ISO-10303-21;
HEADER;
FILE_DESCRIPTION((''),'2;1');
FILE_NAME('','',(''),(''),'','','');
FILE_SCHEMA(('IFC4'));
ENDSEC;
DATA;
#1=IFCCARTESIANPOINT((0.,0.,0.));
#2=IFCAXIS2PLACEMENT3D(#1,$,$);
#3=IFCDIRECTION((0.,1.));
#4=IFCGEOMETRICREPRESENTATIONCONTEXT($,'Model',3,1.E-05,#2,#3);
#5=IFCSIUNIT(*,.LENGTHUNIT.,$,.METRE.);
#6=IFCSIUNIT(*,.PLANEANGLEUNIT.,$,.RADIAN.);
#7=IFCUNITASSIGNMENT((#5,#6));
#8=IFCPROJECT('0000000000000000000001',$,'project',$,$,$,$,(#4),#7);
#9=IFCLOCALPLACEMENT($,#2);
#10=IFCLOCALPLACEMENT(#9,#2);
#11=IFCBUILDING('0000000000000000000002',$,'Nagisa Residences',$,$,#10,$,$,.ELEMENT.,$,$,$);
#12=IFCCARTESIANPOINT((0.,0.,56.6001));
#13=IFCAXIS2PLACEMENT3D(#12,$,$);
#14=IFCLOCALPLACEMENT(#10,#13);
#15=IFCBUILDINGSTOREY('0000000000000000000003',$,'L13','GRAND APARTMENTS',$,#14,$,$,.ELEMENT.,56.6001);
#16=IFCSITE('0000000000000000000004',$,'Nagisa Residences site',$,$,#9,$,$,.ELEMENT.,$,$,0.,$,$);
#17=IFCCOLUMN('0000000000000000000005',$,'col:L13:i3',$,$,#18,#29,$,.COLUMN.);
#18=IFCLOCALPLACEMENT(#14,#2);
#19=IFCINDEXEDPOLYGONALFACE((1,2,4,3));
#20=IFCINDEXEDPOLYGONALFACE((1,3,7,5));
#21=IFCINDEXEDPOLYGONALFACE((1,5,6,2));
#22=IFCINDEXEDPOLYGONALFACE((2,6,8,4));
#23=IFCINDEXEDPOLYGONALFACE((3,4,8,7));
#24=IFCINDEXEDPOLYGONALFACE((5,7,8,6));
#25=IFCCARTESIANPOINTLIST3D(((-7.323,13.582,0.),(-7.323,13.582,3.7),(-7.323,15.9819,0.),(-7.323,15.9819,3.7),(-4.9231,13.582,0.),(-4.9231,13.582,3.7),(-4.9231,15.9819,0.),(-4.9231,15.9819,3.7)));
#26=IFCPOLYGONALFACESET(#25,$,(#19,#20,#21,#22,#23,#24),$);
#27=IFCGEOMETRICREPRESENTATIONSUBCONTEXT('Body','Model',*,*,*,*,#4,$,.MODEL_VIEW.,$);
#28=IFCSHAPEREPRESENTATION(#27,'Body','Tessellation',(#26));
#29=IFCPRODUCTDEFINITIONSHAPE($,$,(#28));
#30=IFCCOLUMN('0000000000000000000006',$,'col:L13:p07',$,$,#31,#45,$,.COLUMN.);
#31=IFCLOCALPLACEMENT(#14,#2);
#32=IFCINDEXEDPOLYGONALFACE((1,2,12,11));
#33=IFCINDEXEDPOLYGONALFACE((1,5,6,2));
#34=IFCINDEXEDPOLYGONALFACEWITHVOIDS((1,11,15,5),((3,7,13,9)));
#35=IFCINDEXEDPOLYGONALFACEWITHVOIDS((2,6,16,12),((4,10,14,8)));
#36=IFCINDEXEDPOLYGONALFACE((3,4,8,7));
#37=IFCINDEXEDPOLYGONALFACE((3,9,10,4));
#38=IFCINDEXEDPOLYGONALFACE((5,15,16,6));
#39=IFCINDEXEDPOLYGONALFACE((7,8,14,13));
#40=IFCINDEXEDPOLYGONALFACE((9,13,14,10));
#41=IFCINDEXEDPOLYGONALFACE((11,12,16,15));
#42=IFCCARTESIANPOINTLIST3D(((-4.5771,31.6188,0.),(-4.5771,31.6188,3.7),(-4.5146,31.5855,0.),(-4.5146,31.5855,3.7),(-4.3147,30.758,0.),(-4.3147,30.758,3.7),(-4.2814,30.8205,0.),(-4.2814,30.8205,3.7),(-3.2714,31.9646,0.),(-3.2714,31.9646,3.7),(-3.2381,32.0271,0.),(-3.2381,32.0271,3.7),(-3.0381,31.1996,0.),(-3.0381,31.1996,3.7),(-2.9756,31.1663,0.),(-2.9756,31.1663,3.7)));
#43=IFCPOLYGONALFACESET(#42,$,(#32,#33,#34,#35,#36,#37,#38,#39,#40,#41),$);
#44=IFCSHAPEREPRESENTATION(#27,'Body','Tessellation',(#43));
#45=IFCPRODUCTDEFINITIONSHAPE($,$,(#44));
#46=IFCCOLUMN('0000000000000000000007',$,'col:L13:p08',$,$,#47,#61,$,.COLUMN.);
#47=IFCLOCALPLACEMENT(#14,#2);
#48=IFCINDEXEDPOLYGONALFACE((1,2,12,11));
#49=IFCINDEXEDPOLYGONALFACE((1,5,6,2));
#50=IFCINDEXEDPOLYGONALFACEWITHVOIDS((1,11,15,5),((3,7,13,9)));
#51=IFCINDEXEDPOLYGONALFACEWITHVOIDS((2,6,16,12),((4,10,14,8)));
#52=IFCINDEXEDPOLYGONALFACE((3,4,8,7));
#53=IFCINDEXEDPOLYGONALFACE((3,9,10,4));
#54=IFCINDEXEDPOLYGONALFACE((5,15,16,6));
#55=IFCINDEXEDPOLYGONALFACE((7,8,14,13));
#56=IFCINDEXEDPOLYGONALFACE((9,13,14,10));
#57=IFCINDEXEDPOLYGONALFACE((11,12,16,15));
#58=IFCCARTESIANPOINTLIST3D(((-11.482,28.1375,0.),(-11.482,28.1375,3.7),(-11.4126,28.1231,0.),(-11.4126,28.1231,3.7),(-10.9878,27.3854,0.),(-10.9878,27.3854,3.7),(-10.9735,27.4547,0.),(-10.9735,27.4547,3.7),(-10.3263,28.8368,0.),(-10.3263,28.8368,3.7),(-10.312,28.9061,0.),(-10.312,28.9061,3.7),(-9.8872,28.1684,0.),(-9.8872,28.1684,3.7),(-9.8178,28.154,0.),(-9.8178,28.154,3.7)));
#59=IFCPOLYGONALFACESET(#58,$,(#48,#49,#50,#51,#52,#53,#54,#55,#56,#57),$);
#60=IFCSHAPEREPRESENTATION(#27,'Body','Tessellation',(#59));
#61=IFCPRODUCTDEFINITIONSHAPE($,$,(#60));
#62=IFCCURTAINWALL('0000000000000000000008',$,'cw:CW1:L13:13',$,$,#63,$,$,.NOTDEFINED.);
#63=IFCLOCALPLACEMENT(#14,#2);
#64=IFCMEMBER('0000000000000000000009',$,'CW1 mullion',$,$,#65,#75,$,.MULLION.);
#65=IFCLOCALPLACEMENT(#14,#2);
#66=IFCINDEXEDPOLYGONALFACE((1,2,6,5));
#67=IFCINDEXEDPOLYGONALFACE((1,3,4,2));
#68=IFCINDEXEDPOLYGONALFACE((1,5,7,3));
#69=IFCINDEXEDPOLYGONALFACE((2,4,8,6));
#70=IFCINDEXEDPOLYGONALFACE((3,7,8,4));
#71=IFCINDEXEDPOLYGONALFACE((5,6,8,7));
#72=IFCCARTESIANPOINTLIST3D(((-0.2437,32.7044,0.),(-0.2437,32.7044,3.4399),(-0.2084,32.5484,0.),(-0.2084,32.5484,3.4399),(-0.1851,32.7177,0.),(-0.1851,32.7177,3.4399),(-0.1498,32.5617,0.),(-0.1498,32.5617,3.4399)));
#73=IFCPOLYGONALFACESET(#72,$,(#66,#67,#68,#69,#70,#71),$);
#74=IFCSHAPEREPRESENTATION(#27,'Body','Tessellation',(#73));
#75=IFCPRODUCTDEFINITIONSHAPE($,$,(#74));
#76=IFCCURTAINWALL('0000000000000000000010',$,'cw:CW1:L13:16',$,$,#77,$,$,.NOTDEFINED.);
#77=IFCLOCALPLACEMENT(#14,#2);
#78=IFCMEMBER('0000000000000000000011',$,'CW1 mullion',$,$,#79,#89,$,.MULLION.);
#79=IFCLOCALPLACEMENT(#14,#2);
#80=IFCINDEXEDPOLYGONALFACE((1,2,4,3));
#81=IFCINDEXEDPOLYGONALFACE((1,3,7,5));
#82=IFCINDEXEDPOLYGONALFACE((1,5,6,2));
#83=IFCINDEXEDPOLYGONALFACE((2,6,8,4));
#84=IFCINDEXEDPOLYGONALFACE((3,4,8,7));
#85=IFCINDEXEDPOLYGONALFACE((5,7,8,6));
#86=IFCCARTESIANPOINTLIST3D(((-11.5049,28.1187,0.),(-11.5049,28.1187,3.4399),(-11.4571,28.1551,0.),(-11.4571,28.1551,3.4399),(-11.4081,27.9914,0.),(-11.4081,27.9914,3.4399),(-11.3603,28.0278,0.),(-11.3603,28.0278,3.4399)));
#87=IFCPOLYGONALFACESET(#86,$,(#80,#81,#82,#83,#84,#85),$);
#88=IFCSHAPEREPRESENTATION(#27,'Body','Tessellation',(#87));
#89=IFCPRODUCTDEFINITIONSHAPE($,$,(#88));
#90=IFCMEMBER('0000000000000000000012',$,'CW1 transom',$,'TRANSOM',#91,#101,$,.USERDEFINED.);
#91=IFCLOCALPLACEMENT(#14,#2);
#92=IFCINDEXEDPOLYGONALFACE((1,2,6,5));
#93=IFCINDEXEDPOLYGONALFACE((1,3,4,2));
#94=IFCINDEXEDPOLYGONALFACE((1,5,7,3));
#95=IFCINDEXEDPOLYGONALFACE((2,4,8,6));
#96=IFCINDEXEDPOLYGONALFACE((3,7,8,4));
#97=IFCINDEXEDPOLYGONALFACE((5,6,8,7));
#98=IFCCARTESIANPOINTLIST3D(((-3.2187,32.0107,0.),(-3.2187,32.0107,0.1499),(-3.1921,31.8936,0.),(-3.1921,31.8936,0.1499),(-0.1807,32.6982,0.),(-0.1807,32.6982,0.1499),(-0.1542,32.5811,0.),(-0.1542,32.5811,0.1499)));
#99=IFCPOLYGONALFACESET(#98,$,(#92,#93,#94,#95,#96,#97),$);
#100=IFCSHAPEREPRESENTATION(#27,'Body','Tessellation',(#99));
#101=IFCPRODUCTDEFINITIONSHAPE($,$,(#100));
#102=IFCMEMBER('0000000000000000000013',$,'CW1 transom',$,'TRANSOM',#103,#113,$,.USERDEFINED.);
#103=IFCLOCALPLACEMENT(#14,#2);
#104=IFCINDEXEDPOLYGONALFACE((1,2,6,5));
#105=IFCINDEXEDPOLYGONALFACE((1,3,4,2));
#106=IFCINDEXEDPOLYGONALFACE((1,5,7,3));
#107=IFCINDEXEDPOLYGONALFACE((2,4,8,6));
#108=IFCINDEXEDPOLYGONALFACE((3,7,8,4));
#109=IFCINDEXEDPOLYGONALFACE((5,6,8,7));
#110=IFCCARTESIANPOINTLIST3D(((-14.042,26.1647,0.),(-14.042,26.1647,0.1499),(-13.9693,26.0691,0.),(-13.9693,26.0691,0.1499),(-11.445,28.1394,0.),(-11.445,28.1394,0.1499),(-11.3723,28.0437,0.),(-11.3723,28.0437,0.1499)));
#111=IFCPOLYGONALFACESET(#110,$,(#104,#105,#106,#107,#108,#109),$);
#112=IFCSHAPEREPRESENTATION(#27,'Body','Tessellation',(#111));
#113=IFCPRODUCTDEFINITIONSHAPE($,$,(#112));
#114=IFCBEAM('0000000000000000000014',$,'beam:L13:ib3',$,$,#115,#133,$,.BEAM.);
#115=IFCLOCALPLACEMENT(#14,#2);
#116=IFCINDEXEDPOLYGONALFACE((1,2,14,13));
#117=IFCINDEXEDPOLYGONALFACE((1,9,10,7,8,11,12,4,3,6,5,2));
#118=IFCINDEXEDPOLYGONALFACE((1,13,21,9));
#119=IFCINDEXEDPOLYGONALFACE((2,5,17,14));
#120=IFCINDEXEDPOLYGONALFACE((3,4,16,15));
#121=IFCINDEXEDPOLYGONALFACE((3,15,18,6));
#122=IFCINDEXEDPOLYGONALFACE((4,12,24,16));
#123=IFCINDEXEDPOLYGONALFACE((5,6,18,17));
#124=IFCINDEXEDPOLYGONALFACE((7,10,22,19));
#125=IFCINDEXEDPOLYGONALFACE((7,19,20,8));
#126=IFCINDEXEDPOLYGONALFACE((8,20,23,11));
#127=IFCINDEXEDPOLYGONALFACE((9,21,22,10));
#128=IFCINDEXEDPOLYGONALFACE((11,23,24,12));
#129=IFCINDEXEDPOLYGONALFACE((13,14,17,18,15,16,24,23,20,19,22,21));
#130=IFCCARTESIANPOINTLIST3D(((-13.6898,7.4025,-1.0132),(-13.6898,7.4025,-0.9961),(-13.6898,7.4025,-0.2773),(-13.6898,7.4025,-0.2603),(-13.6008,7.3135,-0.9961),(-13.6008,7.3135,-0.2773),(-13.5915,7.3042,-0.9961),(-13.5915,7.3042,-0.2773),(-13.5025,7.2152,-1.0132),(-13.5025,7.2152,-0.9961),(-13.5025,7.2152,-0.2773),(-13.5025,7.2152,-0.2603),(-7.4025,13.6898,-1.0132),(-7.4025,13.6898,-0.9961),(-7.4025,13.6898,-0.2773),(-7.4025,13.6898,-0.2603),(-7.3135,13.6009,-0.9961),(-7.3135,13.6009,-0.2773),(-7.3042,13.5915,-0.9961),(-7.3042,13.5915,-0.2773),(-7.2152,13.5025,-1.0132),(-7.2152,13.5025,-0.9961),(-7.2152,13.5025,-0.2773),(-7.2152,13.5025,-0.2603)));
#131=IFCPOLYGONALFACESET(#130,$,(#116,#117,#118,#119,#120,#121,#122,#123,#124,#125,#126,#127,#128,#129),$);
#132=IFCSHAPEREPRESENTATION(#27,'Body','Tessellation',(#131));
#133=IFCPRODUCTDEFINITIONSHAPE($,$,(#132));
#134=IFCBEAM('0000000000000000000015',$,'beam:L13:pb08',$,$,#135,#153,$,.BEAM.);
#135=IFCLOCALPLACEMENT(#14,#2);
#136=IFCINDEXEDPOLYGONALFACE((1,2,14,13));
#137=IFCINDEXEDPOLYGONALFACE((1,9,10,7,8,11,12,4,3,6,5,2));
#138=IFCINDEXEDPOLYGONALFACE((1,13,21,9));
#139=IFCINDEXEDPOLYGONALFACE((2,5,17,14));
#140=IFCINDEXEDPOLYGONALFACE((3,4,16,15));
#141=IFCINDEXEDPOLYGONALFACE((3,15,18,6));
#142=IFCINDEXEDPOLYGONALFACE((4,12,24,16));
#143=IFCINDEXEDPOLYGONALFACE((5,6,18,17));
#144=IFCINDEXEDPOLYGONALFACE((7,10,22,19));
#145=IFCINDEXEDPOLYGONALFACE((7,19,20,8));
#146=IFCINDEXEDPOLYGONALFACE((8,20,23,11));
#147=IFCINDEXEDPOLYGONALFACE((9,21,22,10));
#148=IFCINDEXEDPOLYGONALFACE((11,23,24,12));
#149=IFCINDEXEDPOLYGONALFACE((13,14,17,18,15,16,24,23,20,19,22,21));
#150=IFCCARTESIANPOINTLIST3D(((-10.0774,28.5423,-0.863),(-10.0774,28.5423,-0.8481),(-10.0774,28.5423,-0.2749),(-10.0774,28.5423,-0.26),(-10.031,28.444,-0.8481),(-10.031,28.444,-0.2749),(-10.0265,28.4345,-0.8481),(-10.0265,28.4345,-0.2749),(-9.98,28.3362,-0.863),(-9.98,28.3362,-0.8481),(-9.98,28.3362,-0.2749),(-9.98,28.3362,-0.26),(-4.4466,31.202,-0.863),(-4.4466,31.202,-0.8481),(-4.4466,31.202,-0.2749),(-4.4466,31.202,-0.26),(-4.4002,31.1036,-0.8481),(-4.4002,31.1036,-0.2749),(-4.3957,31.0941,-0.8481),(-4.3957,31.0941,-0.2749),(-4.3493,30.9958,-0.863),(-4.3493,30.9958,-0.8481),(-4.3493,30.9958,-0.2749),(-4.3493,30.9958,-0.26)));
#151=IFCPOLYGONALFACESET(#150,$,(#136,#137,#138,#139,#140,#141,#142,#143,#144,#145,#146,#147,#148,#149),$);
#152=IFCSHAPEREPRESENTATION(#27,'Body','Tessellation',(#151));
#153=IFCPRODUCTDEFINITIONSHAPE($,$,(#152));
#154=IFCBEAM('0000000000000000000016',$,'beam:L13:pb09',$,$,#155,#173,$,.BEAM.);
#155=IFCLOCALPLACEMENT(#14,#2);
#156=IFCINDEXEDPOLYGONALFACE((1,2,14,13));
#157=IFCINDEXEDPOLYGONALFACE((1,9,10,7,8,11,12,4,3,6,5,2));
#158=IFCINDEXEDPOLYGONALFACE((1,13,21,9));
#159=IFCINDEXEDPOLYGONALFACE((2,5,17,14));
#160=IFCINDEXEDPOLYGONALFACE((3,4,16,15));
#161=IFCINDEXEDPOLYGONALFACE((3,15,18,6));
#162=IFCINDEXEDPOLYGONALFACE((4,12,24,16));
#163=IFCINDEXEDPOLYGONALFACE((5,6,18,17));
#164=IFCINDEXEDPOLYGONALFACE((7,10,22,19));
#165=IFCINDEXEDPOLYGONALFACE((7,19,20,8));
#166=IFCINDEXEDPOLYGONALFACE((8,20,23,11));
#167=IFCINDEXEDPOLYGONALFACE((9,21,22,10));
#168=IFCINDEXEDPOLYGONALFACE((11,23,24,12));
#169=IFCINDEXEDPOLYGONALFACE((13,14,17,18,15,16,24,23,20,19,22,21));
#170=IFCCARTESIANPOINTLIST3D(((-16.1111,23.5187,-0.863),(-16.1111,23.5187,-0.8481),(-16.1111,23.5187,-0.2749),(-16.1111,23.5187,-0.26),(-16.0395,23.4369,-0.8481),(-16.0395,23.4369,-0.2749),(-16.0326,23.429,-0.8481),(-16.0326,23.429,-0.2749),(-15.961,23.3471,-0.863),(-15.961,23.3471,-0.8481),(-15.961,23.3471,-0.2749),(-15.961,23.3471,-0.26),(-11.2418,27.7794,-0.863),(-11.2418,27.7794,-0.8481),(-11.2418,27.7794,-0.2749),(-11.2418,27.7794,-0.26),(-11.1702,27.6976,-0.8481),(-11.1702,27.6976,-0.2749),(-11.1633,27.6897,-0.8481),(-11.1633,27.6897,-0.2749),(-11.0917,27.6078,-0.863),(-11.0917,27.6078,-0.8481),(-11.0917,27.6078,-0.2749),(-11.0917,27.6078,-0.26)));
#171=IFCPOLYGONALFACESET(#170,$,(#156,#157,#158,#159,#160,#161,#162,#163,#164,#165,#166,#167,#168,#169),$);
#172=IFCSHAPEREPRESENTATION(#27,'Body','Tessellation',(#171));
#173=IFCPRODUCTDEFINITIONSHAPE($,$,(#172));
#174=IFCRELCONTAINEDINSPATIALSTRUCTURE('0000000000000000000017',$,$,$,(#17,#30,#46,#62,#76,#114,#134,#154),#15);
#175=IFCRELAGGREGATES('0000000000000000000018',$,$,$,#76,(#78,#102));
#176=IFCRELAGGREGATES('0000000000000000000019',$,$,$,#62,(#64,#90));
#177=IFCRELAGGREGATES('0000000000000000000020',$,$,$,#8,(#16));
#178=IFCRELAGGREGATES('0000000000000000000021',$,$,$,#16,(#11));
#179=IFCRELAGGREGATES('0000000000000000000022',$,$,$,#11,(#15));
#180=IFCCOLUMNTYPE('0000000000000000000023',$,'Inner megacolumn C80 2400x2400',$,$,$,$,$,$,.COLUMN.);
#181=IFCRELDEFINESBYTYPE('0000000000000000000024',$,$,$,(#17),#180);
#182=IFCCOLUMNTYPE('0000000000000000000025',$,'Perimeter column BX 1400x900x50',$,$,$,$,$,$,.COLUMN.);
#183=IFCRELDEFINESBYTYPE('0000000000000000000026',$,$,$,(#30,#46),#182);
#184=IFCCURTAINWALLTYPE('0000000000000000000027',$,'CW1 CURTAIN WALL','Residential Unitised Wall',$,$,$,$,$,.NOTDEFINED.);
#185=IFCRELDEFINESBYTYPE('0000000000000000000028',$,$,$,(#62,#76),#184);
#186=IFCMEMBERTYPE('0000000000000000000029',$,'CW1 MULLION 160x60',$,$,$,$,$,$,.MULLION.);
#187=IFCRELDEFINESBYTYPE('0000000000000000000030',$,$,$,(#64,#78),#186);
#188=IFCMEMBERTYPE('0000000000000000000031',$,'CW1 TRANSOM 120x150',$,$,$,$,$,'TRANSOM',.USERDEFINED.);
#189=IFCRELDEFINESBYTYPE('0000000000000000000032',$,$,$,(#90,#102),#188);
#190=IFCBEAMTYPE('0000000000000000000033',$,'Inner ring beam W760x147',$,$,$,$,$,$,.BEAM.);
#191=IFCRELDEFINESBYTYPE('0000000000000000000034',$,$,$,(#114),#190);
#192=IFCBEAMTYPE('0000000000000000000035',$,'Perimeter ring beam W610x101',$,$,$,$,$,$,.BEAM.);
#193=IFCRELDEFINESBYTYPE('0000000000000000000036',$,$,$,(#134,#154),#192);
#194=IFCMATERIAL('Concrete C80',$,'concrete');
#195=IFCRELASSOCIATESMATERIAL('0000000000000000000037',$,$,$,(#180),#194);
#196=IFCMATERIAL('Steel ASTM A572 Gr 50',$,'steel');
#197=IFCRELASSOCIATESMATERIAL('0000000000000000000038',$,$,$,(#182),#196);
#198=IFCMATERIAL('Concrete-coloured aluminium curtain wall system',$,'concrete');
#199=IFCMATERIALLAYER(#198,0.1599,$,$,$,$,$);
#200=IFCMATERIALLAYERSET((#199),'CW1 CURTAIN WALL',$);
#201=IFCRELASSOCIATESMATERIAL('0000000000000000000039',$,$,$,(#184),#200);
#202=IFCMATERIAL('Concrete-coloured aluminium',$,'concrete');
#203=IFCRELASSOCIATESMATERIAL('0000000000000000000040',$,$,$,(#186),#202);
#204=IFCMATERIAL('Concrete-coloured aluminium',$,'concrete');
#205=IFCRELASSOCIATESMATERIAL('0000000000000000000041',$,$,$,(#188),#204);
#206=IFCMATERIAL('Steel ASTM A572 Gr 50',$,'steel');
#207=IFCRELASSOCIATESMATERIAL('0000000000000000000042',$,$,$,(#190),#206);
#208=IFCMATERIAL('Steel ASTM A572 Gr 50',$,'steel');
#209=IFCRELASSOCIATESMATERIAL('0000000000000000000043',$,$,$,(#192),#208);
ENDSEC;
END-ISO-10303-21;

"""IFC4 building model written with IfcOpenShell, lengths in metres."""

from ifc_helpers import new_model, si_unit, direction, frame, origin, origin_2d, place, context, subcontext, project, spatial, rectangle, hollow_rectangle, i_section, extrude, material, layer, layer_set, material_profile, profile_set, type_object, element, aggregate, save


model = new_model("IFC4")

# Units and contexts
model_context = context("Model", 3, precision=1e-05, world=origin(), true_north=direction((0.0, 1.0)))
body_context = subcontext(model_context, "Body", "Model", "MODEL_VIEW")
ifc_project = project(units=[si_unit("LENGTHUNIT", "METRE"), si_unit("PLANEANGLEUNIT", "RADIAN")], contexts=[model_context])

# Site, building, storey
site_placement = place(None, origin())
site = spatial("IfcSite", under=ifc_project, at=site_placement, Name="Nagisa Residences site", CompositionType="ELEMENT", RefElevation=0.0)
building_placement = place(site_placement, origin())
building = spatial("IfcBuilding", under=site, at=building_placement, Name="Nagisa Residences", CompositionType="ELEMENT")
storey_placement = place(building_placement, frame((0.0, 0.0, 56.6001)))
storey = spatial("IfcBuildingStorey", under=building, at=storey_placement, Name="L13", Description="GRAND APARTMENTS", CompositionType="ELEMENT", Elevation=56.6001)

# Columns
ifc_material_1 = material(Name="Concrete C80", Category="concrete")
ifc_material_profile_1 = material_profile(ifc_material_1, rectangle(XDim=2.3999, YDim=2.3999, at=origin_2d()), Name="C80 2400x2400")
ifc_profile_set_1 = profile_set([ifc_material_profile_1], Name="Concrete C80")
column_type_1 = type_object("IfcColumnType", Name="Inner megacolumn C80 2400x2400", PredefinedType="COLUMN", material=ifc_profile_set_1)
column_placement = place(storey_placement, frame((-6.123, 14.782, 0.0), z_axis=(0.0, 0.0, 1.0), x_axis=(1.0, 0.0, 0.0)))
element("IfcColumn", 1, at=column_placement, inside=storey, type_object=column_type_1, Name="col:L13:i3", PredefinedType="COLUMN", context=body_context, shape_type="SweptSolid", body=[
    extrude(rectangle(XDim=2.3999, YDim=2.3999, at=origin_2d()), origin(), (0.0, 0.0, 1.0), 3.7),
])
ifc_material_2 = material(Name="Steel ASTM A572 Gr 50", Category="steel")
ifc_material_profile_2 = material_profile(ifc_material_2, hollow_rectangle(XDim=1.3999, YDim=0.8999, WallThickness=0.05, at=origin_2d()), Name="BX 1400x900x50")
ifc_profile_set_2 = profile_set([ifc_material_profile_2], Name="Steel ASTM A572 Gr 50")
column_type_2 = type_object("IfcColumnType", Name="Perimeter column BX 1400x900x50", PredefinedType="COLUMN", material=ifc_profile_set_2)
for number, where, z_axis, x_axis, name in (
    (2, (-3.7764, 31.3926, 0.0), (0.0, 0.0, 1.0), (-0.956525, -0.291652, 0.0), "col:L13:p07"),
    (3, (-10.6499, 28.1458, 0.0), (0.0, 0.0, 1.0), (-0.835766, -0.549086, 0.0), "col:L13:p08"),
):
    element("IfcColumn", number, at=place(storey_placement, frame(where, z_axis=z_axis, x_axis=x_axis)), inside=storey, type_object=column_type_2, Name=name, PredefinedType="COLUMN", context=body_context, shape_type="SweptSolid", body=[
        extrude(hollow_rectangle(XDim=1.3999, YDim=0.8999, WallThickness=0.05, at=origin_2d()), origin(), (0.0, 0.0, 1.0), 3.7),
    ])

# Curtain walls, members
ifc_material_3 = material(Name="Concrete-coloured aluminium curtain wall system", Category="concrete")
ifc_layer_1 = layer(ifc_material_3, 0.1599)
ifc_layer_set_1 = layer_set([ifc_layer_1], Name="CW1 CURTAIN WALL")
curtain_wall_type = type_object("IfcCurtainWallType", Name="CW1 CURTAIN WALL", Description="Residential Unitised Wall", PredefinedType="NOTDEFINED", material=ifc_layer_set_1)
curtain_wall_1_placement = place(storey_placement, origin())
curtain_wall_1 = element("IfcCurtainWall", 4, at=curtain_wall_1_placement, inside=storey, type_object=curtain_wall_type, Name="cw:CW1:L13:13", PredefinedType="NOTDEFINED")
ifc_material_4 = material(Name="Concrete-coloured aluminium", Category="concrete")
ifc_material_profile_3 = material_profile(ifc_material_4, rectangle(XDim=0.1599, YDim=0.0601, at=origin_2d()), Name="CW1 MULLION 160x60")
ifc_profile_set_3 = profile_set([ifc_material_profile_3], Name="Concrete-coloured aluminium")
member_type_1 = type_object("IfcMemberType", Name="CW1 MULLION 160x60", PredefinedType="MULLION", material=ifc_profile_set_3)
member_1_placement = place(storey_placement, frame((-0.1968, 32.6331, 0.0), z_axis=(0.0, 0.0, 1.0), x_axis=(0.220764, -0.975327, 0.0)))
member_1 = element("IfcMember", 5, at=member_1_placement, type_object=member_type_1, Name="CW1 mullion", PredefinedType="MULLION", context=body_context, shape_type="SweptSolid", body=[
    extrude(rectangle(XDim=0.1599, YDim=0.0601, at=origin_2d()), origin(), (0.0, 0.0, 1.0), 3.4399),
])
curtain_wall_2_placement = place(storey_placement, origin())
curtain_wall_2 = element("IfcCurtainWall", 6, at=curtain_wall_2_placement, inside=storey, type_object=curtain_wall_type, Name="cw:CW1:L13:16", PredefinedType="NOTDEFINED")
member_2_placement = place(storey_placement, frame((-11.4326, 28.0732, 0.0), z_axis=(0.0, 0.0, 1.0), x_axis=(0.605255, -0.796031, 0.0)))
member_2 = element("IfcMember", 7, at=member_2_placement, type_object=member_type_1, Name="CW1 mullion", PredefinedType="MULLION", context=body_context, shape_type="SweptSolid", body=[
    extrude(rectangle(XDim=0.1599, YDim=0.0601, at=origin_2d()), origin(), (0.0, 0.0, 1.0), 3.4399),
])

# Members
ifc_material_5 = material(Name="Concrete-coloured aluminium", Category="concrete")
ifc_material_profile_4 = material_profile(ifc_material_5, rectangle(XDim=0.1201, YDim=0.1499, at=origin_2d()), Name="CW1 TRANSOM 120x150")
ifc_profile_set_4 = profile_set([ifc_material_profile_4], Name="Concrete-coloured aluminium")
member_type_2 = type_object("IfcMemberType", Name="CW1 TRANSOM 120x150", ElementType="TRANSOM", PredefinedType="USERDEFINED", material=ifc_profile_set_4)
member_3_placement = place(storey_placement, frame((-0.1675, 32.6396, 0.075), z_axis=(-0.975335, -0.22073, 0.0), x_axis=(0.22073, -0.975335, 0.0)))
member_3 = element("IfcMember", 8, at=member_3_placement, type_object=member_type_2, Name="CW1 transom", ObjectType="TRANSOM", PredefinedType="USERDEFINED", context=body_context, shape_type="SweptSolid", body=[
    extrude(rectangle(XDim=0.1201, YDim=0.1499, at=origin_2d()), origin(), (0.0, 0.0, 1.0), 3.1147),
])
member_4_placement = place(storey_placement, frame((-11.4087, 28.0916, 0.075), z_axis=(-0.796022, -0.605267, 0.0), x_axis=(0.605267, -0.796022, 0.0)))
member_4 = element("IfcMember", 9, at=member_4_placement, type_object=member_type_2, Name="CW1 transom", ObjectType="TRANSOM", PredefinedType="USERDEFINED", context=body_context, shape_type="SweptSolid", body=[
    extrude(rectangle(XDim=0.1201, YDim=0.1499, at=origin_2d()), origin(), (0.0, 0.0, 1.0), 3.2625),
])
aggregate(curtain_wall_2, [member_2, member_4])

# Beams
ifc_material_6 = material(Name="Steel ASTM A572 Gr 50", Category="steel")
ifc_material_profile_5 = material_profile(ifc_material_6, i_section(OverallWidth=0.2649, OverallDepth=0.7529, WebThickness=0.0132, FlangeThickness=0.0171, at=origin_2d()), Name="W760x147")
ifc_profile_set_5 = profile_set([ifc_material_profile_5], Name="Steel ASTM A572 Gr 50")
beam_type_1 = type_object("IfcBeamType", Name="Inner ring beam W760x147", PredefinedType="BEAM", material=ifc_profile_set_5)
beam_1_placement = place(storey_placement, frame((-7.3088, 13.5962, -0.6367), z_axis=(-0.707107, -0.707107, 0.0), x_axis=(0.707107, -0.707107, 0.0)))
element("IfcBeam", 10, at=beam_1_placement, inside=storey, type_object=beam_type_1, Name="beam:L13:ib3", PredefinedType="BEAM", context=body_context, shape_type="SweptSolid", body=[
    extrude(i_section(OverallWidth=0.2649, OverallDepth=0.7529, WebThickness=0.0132, FlangeThickness=0.0171, at=origin_2d()), origin(), (0.0, 0.0, 1.0), 8.8916),
])
ifc_material_7 = material(Name="Steel ASTM A572 Gr 50", Category="steel")
ifc_material_profile_6 = material_profile(ifc_material_7, i_section(OverallWidth=0.228, OverallDepth=0.603, WebThickness=0.0105, FlangeThickness=0.0149, at=origin_2d()), Name="W610x101")
ifc_profile_set_6 = profile_set([ifc_material_profile_6], Name="Steel ASTM A572 Gr 50")
beam_type_2 = type_object("IfcBeamType", Name="Perimeter ring beam W610x101", PredefinedType="BEAM", material=ifc_profile_set_6)
beam_2_placement = place(storey_placement, frame((-4.3979, 31.0989, -0.5615), z_axis=(-0.904208, -0.427092, 0.0), x_axis=(0.427092, -0.904208, 0.0)))
element("IfcBeam", 11, at=beam_2_placement, inside=storey, type_object=beam_type_2, Name="beam:L13:pb08", PredefinedType="BEAM", context=body_context, shape_type="SweptSolid", body=[
    extrude(i_section(OverallWidth=0.228, OverallDepth=0.603, WebThickness=0.0105, FlangeThickness=0.0149, at=origin_2d()), origin(), (0.0, 0.0, 1.0), 6.2273),
])
beam_3_placement = place(storey_placement, frame((-11.1667, 27.6936, -0.5615), z_axis=(-0.752574, -0.658507, 0.0), x_axis=(0.658507, -0.752574, 0.0)))
element("IfcBeam", 12, at=beam_3_placement, inside=storey, type_object=beam_type_2, Name="beam:L13:pb09", PredefinedType="BEAM", context=body_context, shape_type="SweptSolid", body=[
    extrude(i_section(OverallWidth=0.228, OverallDepth=0.603, WebThickness=0.0105, FlangeThickness=0.0149, at=origin_2d()), origin(), (0.0, 0.0, 1.0), 6.4702),
])

aggregate(curtain_wall_1, [member_1, member_3])

save(model, "model.ifc")
